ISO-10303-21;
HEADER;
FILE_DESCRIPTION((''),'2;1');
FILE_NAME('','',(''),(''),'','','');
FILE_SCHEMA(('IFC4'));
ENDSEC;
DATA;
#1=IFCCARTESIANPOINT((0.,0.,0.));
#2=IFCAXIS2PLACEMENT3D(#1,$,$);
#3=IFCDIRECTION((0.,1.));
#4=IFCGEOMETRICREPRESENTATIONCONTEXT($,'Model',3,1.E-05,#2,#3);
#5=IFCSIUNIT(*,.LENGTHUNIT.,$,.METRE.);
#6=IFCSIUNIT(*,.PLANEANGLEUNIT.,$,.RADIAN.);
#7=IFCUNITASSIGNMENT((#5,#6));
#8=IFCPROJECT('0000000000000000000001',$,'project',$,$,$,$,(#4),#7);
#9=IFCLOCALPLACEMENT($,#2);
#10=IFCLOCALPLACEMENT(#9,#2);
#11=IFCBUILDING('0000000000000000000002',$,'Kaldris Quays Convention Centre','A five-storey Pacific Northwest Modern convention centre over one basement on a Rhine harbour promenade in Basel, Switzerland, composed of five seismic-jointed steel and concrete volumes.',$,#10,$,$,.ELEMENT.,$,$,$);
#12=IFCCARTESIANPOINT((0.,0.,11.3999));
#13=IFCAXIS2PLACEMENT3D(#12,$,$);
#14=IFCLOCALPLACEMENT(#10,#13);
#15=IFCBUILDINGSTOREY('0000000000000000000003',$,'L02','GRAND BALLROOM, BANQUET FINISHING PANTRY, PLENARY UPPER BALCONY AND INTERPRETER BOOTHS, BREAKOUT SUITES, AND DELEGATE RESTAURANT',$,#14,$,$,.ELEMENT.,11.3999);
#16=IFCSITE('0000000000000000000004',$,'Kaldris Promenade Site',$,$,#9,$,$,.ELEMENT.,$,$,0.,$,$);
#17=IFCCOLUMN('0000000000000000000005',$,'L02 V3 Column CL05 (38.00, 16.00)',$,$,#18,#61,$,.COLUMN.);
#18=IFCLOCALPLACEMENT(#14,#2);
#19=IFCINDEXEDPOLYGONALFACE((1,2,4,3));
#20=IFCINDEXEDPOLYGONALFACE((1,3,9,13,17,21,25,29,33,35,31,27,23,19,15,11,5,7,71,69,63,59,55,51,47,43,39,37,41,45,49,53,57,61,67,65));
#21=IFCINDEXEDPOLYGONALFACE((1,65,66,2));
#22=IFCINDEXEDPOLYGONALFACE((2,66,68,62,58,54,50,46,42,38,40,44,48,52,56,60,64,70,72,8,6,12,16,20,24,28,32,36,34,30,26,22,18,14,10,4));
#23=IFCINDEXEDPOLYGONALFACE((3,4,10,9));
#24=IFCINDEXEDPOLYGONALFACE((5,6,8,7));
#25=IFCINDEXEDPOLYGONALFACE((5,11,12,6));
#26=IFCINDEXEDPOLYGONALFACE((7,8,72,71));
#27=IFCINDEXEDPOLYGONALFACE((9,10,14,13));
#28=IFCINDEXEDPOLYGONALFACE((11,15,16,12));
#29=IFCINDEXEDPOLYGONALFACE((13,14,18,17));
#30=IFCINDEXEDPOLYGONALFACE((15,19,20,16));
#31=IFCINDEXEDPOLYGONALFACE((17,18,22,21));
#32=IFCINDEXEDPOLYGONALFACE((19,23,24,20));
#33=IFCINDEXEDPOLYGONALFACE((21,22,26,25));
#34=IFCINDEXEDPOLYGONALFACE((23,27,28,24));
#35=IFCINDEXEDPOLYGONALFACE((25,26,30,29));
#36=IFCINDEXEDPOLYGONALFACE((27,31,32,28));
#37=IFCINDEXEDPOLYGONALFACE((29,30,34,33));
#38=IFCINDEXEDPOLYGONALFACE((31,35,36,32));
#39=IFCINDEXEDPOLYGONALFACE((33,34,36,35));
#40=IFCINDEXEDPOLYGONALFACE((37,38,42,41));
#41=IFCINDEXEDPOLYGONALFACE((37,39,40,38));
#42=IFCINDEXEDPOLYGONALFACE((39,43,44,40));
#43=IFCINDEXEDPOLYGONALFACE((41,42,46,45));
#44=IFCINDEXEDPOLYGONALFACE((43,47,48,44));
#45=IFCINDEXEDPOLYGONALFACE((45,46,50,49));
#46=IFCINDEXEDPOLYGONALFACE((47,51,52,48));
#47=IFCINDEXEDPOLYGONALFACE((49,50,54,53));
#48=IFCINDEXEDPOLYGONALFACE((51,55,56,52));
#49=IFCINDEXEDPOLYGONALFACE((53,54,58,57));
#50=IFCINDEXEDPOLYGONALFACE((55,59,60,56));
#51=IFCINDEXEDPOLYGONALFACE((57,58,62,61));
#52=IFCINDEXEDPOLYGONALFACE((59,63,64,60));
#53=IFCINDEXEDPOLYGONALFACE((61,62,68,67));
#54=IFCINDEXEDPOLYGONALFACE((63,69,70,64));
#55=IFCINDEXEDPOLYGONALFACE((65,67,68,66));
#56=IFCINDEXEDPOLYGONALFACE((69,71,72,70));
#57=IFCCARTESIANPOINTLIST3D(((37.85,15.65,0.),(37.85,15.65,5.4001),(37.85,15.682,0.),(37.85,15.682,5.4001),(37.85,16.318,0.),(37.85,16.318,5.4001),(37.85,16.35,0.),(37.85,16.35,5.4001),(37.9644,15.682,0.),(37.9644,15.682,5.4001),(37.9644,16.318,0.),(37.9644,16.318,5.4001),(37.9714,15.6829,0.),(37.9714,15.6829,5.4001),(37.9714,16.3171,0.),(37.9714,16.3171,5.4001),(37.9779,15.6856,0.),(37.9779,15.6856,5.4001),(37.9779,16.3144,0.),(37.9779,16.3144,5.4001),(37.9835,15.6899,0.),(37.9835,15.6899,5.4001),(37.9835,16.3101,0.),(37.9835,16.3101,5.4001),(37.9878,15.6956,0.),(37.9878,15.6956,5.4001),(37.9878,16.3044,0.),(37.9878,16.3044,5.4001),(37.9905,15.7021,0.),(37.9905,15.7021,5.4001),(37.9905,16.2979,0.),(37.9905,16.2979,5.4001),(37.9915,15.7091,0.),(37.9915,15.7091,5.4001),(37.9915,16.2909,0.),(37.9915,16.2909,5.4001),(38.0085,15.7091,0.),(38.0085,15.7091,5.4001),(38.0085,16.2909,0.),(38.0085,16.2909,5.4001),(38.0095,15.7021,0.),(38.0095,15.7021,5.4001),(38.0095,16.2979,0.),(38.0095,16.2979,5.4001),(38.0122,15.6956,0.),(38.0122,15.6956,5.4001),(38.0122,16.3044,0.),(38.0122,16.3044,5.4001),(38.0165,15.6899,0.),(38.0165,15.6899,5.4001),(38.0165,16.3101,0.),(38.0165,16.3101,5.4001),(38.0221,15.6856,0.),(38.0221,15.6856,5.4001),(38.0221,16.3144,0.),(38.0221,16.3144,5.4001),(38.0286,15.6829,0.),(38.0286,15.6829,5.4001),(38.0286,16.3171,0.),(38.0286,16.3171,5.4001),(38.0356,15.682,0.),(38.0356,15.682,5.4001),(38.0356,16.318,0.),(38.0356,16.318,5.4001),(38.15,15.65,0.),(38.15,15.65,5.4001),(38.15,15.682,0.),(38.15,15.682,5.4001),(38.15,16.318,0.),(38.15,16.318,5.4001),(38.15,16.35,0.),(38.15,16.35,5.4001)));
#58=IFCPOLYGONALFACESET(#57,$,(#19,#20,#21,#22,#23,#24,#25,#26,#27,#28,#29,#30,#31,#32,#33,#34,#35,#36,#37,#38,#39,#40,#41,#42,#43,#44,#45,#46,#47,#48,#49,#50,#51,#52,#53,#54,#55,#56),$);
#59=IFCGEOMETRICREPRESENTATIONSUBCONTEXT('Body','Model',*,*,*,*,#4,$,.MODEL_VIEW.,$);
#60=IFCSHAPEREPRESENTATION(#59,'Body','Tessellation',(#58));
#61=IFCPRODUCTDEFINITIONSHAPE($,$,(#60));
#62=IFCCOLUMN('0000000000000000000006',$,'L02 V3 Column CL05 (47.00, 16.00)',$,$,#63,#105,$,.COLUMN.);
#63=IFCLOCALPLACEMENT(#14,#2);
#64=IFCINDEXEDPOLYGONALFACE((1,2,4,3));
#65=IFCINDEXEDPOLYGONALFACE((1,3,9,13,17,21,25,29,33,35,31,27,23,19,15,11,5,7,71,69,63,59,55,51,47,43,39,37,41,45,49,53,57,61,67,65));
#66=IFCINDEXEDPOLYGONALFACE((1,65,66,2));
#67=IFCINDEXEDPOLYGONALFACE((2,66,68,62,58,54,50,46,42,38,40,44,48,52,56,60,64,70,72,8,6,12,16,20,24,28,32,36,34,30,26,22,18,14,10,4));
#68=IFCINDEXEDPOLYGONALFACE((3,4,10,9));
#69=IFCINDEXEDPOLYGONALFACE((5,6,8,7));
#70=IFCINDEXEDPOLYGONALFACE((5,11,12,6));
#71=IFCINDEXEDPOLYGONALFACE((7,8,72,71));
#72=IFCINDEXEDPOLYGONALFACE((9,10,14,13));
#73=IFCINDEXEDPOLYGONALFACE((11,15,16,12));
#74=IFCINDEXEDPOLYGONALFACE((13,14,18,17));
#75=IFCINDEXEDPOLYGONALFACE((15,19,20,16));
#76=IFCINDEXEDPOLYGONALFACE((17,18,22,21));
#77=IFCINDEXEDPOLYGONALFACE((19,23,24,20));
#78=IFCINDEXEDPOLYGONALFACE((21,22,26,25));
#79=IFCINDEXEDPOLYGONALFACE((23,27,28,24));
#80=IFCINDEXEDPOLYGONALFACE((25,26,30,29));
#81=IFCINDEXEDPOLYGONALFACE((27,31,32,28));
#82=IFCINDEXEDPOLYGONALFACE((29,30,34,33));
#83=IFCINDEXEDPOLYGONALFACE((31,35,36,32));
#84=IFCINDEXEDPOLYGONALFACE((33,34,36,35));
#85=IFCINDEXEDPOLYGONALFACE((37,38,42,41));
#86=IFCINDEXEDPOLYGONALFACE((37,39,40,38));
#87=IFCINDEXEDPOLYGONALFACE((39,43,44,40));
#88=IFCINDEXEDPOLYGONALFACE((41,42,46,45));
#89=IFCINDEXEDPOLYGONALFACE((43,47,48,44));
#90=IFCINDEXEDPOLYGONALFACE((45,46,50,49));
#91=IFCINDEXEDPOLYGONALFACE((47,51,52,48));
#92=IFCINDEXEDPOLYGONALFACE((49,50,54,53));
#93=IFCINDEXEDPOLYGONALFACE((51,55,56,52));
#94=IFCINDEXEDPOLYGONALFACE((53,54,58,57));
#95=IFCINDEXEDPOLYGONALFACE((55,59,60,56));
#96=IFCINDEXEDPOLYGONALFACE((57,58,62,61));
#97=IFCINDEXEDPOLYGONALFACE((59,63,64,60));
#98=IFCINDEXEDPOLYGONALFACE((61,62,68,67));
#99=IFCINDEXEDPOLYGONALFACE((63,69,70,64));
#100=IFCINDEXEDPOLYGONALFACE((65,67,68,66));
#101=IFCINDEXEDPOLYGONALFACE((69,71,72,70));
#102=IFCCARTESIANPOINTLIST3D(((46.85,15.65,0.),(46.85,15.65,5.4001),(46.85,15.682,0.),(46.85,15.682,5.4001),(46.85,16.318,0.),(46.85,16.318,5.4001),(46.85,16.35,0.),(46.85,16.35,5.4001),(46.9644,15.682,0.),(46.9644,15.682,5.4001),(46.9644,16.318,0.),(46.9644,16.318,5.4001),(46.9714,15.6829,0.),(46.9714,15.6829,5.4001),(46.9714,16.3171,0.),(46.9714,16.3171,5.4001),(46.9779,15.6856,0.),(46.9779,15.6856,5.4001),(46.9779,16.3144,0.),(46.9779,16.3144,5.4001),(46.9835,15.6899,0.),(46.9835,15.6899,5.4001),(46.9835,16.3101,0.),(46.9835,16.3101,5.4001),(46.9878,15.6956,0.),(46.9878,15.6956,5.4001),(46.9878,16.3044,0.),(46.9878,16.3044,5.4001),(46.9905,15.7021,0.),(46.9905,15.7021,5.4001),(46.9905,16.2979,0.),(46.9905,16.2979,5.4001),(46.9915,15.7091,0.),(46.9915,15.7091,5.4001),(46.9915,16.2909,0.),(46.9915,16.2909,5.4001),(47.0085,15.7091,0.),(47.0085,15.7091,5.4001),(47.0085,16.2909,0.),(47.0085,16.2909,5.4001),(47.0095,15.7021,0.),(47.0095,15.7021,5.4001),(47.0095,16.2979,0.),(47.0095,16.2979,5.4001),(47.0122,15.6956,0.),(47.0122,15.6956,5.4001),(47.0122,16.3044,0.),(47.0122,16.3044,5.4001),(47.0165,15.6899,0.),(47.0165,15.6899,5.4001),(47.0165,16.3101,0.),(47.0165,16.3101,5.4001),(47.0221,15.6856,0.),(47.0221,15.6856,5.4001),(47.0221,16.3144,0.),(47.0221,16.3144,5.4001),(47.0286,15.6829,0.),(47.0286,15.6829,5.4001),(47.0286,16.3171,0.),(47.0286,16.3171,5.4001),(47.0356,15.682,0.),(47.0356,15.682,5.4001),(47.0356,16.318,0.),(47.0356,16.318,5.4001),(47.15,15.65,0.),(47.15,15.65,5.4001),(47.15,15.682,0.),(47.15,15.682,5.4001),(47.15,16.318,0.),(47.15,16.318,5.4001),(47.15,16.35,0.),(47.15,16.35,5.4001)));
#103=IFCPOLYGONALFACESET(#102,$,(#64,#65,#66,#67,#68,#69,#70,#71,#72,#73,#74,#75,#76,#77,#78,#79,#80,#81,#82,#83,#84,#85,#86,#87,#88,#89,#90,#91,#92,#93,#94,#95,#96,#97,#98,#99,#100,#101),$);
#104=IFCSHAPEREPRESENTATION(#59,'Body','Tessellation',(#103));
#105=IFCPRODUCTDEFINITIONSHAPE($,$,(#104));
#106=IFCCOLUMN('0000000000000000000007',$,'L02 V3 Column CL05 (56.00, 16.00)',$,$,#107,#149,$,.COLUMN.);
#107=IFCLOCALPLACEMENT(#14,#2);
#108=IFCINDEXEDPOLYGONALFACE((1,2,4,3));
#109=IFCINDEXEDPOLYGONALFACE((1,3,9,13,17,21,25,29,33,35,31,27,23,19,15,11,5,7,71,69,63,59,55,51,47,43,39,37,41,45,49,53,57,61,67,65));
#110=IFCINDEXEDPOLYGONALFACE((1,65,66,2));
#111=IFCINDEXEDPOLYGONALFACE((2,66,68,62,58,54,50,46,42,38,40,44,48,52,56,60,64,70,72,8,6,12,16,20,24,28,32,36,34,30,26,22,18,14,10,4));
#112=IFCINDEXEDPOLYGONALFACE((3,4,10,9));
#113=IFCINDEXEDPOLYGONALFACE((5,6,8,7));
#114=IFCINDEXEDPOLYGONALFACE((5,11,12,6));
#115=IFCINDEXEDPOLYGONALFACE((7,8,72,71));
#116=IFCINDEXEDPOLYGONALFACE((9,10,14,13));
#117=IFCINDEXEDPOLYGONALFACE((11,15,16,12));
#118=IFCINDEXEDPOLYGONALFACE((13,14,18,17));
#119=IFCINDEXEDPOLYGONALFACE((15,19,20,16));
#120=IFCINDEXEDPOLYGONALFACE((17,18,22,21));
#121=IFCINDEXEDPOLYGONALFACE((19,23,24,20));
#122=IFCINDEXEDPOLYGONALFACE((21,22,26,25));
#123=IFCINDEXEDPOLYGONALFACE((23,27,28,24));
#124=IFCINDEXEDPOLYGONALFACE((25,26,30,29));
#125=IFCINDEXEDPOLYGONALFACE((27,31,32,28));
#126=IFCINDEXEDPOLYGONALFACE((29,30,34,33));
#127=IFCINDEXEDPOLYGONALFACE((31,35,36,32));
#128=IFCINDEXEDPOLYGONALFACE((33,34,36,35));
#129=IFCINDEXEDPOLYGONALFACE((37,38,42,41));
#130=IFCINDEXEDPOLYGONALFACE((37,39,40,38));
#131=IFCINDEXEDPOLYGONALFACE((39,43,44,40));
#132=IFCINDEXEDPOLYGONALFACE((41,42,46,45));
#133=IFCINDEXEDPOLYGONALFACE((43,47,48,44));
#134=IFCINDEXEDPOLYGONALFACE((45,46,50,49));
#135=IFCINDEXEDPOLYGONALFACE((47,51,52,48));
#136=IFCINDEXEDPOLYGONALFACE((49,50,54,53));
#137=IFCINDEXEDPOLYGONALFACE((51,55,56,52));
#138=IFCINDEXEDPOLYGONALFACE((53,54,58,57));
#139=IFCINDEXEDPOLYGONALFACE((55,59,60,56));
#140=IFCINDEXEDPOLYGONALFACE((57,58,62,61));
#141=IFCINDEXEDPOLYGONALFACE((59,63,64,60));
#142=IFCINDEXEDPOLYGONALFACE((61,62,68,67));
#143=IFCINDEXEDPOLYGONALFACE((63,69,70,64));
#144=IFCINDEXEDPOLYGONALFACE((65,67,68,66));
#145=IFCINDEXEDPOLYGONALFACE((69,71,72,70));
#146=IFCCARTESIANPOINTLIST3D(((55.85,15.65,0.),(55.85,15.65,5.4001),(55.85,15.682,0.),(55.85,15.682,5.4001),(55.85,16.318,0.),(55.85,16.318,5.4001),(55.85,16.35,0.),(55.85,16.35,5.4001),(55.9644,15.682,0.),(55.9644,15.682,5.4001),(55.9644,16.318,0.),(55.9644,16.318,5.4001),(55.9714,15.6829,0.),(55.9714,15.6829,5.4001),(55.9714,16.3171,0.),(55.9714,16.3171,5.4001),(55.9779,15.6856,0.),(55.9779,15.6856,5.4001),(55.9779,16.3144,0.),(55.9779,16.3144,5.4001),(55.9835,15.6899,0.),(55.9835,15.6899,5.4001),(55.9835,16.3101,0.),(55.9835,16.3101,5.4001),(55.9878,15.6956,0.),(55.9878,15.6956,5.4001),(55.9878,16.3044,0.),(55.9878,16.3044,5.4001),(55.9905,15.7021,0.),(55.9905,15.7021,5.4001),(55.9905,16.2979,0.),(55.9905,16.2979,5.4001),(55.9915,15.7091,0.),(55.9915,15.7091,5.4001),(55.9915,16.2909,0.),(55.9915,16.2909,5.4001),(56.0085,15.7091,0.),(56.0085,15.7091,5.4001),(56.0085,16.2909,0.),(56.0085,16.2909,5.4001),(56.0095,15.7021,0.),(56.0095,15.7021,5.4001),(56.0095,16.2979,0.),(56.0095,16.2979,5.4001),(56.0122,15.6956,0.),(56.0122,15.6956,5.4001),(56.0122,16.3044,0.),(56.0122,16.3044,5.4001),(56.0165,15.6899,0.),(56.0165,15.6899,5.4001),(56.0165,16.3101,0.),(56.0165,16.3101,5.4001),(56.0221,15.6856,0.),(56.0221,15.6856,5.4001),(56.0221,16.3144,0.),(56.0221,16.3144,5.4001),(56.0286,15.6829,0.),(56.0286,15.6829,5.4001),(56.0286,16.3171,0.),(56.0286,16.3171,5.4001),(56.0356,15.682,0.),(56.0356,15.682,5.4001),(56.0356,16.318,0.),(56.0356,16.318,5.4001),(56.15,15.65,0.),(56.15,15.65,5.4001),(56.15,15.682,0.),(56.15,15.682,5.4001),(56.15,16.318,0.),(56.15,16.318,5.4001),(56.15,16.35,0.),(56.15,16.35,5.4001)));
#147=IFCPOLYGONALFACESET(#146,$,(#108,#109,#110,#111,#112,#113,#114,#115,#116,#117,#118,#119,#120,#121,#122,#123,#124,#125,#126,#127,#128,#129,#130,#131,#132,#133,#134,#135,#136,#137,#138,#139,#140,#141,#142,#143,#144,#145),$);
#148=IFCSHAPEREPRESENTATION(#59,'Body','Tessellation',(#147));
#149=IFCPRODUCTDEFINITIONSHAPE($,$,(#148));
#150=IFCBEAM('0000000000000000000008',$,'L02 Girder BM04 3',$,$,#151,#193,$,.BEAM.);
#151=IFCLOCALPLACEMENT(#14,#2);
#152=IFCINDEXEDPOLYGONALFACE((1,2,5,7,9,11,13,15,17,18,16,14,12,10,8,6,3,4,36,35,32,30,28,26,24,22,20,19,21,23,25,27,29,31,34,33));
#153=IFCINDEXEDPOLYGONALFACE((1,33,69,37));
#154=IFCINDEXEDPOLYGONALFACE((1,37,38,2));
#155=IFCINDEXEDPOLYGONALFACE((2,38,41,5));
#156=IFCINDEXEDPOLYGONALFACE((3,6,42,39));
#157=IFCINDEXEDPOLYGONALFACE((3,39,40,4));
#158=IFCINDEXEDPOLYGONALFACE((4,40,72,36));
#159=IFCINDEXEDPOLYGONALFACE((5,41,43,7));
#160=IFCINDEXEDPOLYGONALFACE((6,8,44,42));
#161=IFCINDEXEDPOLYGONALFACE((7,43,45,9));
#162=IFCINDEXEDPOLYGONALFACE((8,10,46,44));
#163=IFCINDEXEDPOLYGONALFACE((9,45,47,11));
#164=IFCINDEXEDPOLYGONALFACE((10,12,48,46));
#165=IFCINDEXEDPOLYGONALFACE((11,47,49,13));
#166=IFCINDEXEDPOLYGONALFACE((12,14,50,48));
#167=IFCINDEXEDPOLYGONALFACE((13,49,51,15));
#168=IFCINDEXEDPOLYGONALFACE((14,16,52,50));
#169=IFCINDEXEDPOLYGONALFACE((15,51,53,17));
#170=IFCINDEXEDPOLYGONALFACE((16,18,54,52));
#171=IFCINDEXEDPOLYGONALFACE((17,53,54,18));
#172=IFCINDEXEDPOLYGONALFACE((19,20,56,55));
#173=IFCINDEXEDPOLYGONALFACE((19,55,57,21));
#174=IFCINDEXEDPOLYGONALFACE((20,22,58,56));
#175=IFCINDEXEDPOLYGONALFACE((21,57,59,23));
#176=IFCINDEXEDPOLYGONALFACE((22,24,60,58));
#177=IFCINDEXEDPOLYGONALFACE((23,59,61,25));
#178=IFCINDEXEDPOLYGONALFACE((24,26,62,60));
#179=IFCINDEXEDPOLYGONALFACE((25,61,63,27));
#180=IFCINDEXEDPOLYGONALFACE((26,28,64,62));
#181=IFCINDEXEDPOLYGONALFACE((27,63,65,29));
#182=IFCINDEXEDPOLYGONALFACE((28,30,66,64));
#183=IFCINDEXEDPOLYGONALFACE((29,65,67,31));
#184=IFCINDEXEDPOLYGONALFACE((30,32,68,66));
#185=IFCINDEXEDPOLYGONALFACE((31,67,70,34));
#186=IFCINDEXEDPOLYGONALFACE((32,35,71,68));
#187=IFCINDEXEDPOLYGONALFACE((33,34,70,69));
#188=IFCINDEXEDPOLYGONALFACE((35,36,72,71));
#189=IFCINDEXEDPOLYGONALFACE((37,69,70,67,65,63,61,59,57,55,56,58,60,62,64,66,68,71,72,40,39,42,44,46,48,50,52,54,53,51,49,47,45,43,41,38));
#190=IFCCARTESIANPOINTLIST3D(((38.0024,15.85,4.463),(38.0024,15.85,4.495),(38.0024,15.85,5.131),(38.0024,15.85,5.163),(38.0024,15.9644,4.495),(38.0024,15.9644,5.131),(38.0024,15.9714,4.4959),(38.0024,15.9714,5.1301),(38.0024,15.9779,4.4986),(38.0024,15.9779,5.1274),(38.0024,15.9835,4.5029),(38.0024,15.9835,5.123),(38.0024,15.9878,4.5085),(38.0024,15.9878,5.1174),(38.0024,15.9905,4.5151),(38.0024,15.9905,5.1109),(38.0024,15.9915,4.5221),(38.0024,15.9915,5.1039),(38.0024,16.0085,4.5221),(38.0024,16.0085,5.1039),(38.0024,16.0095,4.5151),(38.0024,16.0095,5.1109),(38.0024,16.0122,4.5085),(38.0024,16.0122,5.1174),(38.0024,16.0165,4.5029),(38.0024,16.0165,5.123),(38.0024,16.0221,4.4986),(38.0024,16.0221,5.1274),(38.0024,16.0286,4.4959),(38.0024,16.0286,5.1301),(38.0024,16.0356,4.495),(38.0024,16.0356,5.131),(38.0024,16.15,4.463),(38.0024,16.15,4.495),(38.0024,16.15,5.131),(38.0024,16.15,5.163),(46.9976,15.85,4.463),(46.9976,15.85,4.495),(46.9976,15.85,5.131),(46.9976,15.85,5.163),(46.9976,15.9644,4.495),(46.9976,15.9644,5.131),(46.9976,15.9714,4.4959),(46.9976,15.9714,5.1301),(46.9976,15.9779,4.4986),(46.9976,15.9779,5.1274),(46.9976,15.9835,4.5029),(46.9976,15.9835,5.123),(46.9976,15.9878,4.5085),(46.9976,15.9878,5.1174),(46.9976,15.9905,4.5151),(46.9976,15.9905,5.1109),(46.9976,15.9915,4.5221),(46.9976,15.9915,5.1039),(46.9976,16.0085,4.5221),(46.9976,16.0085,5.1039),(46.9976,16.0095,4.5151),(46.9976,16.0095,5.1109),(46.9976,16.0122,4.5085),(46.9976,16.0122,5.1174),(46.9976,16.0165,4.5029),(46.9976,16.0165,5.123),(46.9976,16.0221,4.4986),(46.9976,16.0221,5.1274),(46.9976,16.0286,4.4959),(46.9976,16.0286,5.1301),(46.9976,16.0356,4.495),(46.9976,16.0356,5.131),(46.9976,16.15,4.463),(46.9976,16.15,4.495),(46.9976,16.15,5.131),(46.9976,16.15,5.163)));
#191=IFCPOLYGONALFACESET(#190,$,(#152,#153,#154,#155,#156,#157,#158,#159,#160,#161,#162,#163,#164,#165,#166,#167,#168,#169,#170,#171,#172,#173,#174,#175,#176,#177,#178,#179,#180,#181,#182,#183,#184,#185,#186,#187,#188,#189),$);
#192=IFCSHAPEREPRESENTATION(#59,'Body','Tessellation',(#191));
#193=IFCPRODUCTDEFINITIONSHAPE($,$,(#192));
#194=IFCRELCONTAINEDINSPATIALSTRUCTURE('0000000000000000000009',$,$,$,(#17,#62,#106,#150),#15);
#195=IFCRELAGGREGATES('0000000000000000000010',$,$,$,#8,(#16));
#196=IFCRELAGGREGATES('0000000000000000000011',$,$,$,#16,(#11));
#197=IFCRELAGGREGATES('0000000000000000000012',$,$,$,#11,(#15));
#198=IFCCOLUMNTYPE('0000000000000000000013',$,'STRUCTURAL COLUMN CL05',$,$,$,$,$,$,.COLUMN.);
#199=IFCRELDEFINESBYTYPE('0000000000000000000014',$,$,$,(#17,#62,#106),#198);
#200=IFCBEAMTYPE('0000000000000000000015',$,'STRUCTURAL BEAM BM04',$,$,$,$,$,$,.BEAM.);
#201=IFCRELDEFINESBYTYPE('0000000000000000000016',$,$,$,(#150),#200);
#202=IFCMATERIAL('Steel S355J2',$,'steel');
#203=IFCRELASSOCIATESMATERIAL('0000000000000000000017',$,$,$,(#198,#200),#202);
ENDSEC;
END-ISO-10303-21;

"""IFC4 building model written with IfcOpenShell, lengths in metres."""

from ifc_helpers import new_model, si_unit, direction, frame, origin, origin_2d, place, context, subcontext, project, spatial, i_section, extrude, material, material_profile, profile_set, type_object, element, save


model = new_model("IFC4")

# Units and contexts
model_context = context("Model", 3, precision=1e-05, world=origin(), true_north=direction((0.0, 1.0)))
body_context = subcontext(model_context, "Body", "Model", "MODEL_VIEW")
ifc_project = project(units=[si_unit("LENGTHUNIT", "METRE"), si_unit("PLANEANGLEUNIT", "RADIAN")], contexts=[model_context])

# Site, building, storey
site_placement = place(None, origin())
site = spatial("IfcSite", under=ifc_project, at=site_placement, Name="Kaldris Promenade Site", CompositionType="ELEMENT", RefElevation=0.0)
building_placement = place(site_placement, origin())
building = spatial("IfcBuilding", under=site, at=building_placement, Name="Kaldris Quays Convention Centre", Description="A five-storey Pacific Northwest Modern convention centre over one basement on a Rhine harbour promenade in Basel, Switzerland, composed of five seismic-jointed steel and concrete volumes.", CompositionType="ELEMENT")
storey_placement = place(building_placement, frame((0.0, 0.0, 11.3999)))
storey = spatial("IfcBuildingStorey", under=building, at=storey_placement, Name="L02", Description="GRAND BALLROOM, BANQUET FINISHING PANTRY, PLENARY UPPER BALCONY AND INTERPRETER BOOTHS, BREAKOUT SUITES, AND DELEGATE RESTAURANT", CompositionType="ELEMENT", Elevation=11.3999)

# Columns
ifc_material_1 = material(Name="Steel S355J2", Category="steel")
ifc_material_profile_1 = material_profile(ifc_material_1, i_section(OverallWidth=0.3, OverallDepth=0.7, WebThickness=0.0171, FlangeThickness=0.032, FilletRadius=0.0271, at=origin_2d()), Name="HEB 700")
ifc_profile_set_1 = profile_set([ifc_material_profile_1], Name="Steel S355J2")
column_type = type_object("IfcColumnType", Name="STRUCTURAL COLUMN CL05", PredefinedType="COLUMN", material=ifc_profile_set_1)
for number, where, z_axis, x_axis, name in (
    (1, (38.0, 16.0, 0.0), (0.0, 0.0, 1.0), (1.0, 0.0, 0.0), "L02 V3 Column CL05 (38.00, 16.00)"),
    (2, (47.0, 16.0, 0.0), (0.0, 0.0, 1.0), (1.0, 0.0, 0.0), "L02 V3 Column CL05 (47.00, 16.00)"),
    (3, (56.0, 16.0, 0.0), (0.0, 0.0, 1.0), (1.0, 0.0, 0.0), "L02 V3 Column CL05 (56.00, 16.00)"),
):
    element("IfcColumn", number, at=place(storey_placement, frame(where, z_axis=z_axis, x_axis=x_axis)), inside=storey, type_object=column_type, Name=name, PredefinedType="COLUMN", context=body_context, shape_type="SweptSolid", body=[
        extrude(i_section(OverallWidth=0.3, OverallDepth=0.7, WebThickness=0.0171, FlangeThickness=0.032, FilletRadius=0.0271, at=origin_2d()), origin(), (0.0, 0.0, 1.0), 5.4001),
    ])

# Beam
ifc_material_profile_2 = material_profile(ifc_material_1, i_section(OverallWidth=0.3, OverallDepth=0.7, WebThickness=0.0171, FlangeThickness=0.032, FilletRadius=0.0271, at=origin_2d()), Name="HEB 700")
ifc_profile_set_2 = profile_set([ifc_material_profile_2], Name="Steel S355J2")
beam_type = type_object("IfcBeamType", Name="STRUCTURAL BEAM BM04", PredefinedType="BEAM", material=ifc_profile_set_2)
for number, where, z_axis, x_axis, name in (
    (4, (38.0024, 16.0, 4.813), (1.0, 0.0, 0.0), (0.0, 1.0, 0.0), "L02 Girder BM04 3"),
):
    element("IfcBeam", number, at=place(storey_placement, frame(where, z_axis=z_axis, x_axis=x_axis)), inside=storey, type_object=beam_type, Name=name, PredefinedType="BEAM", context=body_context, shape_type="SweptSolid", body=[
        extrude(i_section(OverallWidth=0.3, OverallDepth=0.7, WebThickness=0.0171, FlangeThickness=0.032, FilletRadius=0.0271, at=origin_2d()), origin(), (0.0, 0.0, 1.0), 8.9951),
    ])

save(model, "model.ifc")
